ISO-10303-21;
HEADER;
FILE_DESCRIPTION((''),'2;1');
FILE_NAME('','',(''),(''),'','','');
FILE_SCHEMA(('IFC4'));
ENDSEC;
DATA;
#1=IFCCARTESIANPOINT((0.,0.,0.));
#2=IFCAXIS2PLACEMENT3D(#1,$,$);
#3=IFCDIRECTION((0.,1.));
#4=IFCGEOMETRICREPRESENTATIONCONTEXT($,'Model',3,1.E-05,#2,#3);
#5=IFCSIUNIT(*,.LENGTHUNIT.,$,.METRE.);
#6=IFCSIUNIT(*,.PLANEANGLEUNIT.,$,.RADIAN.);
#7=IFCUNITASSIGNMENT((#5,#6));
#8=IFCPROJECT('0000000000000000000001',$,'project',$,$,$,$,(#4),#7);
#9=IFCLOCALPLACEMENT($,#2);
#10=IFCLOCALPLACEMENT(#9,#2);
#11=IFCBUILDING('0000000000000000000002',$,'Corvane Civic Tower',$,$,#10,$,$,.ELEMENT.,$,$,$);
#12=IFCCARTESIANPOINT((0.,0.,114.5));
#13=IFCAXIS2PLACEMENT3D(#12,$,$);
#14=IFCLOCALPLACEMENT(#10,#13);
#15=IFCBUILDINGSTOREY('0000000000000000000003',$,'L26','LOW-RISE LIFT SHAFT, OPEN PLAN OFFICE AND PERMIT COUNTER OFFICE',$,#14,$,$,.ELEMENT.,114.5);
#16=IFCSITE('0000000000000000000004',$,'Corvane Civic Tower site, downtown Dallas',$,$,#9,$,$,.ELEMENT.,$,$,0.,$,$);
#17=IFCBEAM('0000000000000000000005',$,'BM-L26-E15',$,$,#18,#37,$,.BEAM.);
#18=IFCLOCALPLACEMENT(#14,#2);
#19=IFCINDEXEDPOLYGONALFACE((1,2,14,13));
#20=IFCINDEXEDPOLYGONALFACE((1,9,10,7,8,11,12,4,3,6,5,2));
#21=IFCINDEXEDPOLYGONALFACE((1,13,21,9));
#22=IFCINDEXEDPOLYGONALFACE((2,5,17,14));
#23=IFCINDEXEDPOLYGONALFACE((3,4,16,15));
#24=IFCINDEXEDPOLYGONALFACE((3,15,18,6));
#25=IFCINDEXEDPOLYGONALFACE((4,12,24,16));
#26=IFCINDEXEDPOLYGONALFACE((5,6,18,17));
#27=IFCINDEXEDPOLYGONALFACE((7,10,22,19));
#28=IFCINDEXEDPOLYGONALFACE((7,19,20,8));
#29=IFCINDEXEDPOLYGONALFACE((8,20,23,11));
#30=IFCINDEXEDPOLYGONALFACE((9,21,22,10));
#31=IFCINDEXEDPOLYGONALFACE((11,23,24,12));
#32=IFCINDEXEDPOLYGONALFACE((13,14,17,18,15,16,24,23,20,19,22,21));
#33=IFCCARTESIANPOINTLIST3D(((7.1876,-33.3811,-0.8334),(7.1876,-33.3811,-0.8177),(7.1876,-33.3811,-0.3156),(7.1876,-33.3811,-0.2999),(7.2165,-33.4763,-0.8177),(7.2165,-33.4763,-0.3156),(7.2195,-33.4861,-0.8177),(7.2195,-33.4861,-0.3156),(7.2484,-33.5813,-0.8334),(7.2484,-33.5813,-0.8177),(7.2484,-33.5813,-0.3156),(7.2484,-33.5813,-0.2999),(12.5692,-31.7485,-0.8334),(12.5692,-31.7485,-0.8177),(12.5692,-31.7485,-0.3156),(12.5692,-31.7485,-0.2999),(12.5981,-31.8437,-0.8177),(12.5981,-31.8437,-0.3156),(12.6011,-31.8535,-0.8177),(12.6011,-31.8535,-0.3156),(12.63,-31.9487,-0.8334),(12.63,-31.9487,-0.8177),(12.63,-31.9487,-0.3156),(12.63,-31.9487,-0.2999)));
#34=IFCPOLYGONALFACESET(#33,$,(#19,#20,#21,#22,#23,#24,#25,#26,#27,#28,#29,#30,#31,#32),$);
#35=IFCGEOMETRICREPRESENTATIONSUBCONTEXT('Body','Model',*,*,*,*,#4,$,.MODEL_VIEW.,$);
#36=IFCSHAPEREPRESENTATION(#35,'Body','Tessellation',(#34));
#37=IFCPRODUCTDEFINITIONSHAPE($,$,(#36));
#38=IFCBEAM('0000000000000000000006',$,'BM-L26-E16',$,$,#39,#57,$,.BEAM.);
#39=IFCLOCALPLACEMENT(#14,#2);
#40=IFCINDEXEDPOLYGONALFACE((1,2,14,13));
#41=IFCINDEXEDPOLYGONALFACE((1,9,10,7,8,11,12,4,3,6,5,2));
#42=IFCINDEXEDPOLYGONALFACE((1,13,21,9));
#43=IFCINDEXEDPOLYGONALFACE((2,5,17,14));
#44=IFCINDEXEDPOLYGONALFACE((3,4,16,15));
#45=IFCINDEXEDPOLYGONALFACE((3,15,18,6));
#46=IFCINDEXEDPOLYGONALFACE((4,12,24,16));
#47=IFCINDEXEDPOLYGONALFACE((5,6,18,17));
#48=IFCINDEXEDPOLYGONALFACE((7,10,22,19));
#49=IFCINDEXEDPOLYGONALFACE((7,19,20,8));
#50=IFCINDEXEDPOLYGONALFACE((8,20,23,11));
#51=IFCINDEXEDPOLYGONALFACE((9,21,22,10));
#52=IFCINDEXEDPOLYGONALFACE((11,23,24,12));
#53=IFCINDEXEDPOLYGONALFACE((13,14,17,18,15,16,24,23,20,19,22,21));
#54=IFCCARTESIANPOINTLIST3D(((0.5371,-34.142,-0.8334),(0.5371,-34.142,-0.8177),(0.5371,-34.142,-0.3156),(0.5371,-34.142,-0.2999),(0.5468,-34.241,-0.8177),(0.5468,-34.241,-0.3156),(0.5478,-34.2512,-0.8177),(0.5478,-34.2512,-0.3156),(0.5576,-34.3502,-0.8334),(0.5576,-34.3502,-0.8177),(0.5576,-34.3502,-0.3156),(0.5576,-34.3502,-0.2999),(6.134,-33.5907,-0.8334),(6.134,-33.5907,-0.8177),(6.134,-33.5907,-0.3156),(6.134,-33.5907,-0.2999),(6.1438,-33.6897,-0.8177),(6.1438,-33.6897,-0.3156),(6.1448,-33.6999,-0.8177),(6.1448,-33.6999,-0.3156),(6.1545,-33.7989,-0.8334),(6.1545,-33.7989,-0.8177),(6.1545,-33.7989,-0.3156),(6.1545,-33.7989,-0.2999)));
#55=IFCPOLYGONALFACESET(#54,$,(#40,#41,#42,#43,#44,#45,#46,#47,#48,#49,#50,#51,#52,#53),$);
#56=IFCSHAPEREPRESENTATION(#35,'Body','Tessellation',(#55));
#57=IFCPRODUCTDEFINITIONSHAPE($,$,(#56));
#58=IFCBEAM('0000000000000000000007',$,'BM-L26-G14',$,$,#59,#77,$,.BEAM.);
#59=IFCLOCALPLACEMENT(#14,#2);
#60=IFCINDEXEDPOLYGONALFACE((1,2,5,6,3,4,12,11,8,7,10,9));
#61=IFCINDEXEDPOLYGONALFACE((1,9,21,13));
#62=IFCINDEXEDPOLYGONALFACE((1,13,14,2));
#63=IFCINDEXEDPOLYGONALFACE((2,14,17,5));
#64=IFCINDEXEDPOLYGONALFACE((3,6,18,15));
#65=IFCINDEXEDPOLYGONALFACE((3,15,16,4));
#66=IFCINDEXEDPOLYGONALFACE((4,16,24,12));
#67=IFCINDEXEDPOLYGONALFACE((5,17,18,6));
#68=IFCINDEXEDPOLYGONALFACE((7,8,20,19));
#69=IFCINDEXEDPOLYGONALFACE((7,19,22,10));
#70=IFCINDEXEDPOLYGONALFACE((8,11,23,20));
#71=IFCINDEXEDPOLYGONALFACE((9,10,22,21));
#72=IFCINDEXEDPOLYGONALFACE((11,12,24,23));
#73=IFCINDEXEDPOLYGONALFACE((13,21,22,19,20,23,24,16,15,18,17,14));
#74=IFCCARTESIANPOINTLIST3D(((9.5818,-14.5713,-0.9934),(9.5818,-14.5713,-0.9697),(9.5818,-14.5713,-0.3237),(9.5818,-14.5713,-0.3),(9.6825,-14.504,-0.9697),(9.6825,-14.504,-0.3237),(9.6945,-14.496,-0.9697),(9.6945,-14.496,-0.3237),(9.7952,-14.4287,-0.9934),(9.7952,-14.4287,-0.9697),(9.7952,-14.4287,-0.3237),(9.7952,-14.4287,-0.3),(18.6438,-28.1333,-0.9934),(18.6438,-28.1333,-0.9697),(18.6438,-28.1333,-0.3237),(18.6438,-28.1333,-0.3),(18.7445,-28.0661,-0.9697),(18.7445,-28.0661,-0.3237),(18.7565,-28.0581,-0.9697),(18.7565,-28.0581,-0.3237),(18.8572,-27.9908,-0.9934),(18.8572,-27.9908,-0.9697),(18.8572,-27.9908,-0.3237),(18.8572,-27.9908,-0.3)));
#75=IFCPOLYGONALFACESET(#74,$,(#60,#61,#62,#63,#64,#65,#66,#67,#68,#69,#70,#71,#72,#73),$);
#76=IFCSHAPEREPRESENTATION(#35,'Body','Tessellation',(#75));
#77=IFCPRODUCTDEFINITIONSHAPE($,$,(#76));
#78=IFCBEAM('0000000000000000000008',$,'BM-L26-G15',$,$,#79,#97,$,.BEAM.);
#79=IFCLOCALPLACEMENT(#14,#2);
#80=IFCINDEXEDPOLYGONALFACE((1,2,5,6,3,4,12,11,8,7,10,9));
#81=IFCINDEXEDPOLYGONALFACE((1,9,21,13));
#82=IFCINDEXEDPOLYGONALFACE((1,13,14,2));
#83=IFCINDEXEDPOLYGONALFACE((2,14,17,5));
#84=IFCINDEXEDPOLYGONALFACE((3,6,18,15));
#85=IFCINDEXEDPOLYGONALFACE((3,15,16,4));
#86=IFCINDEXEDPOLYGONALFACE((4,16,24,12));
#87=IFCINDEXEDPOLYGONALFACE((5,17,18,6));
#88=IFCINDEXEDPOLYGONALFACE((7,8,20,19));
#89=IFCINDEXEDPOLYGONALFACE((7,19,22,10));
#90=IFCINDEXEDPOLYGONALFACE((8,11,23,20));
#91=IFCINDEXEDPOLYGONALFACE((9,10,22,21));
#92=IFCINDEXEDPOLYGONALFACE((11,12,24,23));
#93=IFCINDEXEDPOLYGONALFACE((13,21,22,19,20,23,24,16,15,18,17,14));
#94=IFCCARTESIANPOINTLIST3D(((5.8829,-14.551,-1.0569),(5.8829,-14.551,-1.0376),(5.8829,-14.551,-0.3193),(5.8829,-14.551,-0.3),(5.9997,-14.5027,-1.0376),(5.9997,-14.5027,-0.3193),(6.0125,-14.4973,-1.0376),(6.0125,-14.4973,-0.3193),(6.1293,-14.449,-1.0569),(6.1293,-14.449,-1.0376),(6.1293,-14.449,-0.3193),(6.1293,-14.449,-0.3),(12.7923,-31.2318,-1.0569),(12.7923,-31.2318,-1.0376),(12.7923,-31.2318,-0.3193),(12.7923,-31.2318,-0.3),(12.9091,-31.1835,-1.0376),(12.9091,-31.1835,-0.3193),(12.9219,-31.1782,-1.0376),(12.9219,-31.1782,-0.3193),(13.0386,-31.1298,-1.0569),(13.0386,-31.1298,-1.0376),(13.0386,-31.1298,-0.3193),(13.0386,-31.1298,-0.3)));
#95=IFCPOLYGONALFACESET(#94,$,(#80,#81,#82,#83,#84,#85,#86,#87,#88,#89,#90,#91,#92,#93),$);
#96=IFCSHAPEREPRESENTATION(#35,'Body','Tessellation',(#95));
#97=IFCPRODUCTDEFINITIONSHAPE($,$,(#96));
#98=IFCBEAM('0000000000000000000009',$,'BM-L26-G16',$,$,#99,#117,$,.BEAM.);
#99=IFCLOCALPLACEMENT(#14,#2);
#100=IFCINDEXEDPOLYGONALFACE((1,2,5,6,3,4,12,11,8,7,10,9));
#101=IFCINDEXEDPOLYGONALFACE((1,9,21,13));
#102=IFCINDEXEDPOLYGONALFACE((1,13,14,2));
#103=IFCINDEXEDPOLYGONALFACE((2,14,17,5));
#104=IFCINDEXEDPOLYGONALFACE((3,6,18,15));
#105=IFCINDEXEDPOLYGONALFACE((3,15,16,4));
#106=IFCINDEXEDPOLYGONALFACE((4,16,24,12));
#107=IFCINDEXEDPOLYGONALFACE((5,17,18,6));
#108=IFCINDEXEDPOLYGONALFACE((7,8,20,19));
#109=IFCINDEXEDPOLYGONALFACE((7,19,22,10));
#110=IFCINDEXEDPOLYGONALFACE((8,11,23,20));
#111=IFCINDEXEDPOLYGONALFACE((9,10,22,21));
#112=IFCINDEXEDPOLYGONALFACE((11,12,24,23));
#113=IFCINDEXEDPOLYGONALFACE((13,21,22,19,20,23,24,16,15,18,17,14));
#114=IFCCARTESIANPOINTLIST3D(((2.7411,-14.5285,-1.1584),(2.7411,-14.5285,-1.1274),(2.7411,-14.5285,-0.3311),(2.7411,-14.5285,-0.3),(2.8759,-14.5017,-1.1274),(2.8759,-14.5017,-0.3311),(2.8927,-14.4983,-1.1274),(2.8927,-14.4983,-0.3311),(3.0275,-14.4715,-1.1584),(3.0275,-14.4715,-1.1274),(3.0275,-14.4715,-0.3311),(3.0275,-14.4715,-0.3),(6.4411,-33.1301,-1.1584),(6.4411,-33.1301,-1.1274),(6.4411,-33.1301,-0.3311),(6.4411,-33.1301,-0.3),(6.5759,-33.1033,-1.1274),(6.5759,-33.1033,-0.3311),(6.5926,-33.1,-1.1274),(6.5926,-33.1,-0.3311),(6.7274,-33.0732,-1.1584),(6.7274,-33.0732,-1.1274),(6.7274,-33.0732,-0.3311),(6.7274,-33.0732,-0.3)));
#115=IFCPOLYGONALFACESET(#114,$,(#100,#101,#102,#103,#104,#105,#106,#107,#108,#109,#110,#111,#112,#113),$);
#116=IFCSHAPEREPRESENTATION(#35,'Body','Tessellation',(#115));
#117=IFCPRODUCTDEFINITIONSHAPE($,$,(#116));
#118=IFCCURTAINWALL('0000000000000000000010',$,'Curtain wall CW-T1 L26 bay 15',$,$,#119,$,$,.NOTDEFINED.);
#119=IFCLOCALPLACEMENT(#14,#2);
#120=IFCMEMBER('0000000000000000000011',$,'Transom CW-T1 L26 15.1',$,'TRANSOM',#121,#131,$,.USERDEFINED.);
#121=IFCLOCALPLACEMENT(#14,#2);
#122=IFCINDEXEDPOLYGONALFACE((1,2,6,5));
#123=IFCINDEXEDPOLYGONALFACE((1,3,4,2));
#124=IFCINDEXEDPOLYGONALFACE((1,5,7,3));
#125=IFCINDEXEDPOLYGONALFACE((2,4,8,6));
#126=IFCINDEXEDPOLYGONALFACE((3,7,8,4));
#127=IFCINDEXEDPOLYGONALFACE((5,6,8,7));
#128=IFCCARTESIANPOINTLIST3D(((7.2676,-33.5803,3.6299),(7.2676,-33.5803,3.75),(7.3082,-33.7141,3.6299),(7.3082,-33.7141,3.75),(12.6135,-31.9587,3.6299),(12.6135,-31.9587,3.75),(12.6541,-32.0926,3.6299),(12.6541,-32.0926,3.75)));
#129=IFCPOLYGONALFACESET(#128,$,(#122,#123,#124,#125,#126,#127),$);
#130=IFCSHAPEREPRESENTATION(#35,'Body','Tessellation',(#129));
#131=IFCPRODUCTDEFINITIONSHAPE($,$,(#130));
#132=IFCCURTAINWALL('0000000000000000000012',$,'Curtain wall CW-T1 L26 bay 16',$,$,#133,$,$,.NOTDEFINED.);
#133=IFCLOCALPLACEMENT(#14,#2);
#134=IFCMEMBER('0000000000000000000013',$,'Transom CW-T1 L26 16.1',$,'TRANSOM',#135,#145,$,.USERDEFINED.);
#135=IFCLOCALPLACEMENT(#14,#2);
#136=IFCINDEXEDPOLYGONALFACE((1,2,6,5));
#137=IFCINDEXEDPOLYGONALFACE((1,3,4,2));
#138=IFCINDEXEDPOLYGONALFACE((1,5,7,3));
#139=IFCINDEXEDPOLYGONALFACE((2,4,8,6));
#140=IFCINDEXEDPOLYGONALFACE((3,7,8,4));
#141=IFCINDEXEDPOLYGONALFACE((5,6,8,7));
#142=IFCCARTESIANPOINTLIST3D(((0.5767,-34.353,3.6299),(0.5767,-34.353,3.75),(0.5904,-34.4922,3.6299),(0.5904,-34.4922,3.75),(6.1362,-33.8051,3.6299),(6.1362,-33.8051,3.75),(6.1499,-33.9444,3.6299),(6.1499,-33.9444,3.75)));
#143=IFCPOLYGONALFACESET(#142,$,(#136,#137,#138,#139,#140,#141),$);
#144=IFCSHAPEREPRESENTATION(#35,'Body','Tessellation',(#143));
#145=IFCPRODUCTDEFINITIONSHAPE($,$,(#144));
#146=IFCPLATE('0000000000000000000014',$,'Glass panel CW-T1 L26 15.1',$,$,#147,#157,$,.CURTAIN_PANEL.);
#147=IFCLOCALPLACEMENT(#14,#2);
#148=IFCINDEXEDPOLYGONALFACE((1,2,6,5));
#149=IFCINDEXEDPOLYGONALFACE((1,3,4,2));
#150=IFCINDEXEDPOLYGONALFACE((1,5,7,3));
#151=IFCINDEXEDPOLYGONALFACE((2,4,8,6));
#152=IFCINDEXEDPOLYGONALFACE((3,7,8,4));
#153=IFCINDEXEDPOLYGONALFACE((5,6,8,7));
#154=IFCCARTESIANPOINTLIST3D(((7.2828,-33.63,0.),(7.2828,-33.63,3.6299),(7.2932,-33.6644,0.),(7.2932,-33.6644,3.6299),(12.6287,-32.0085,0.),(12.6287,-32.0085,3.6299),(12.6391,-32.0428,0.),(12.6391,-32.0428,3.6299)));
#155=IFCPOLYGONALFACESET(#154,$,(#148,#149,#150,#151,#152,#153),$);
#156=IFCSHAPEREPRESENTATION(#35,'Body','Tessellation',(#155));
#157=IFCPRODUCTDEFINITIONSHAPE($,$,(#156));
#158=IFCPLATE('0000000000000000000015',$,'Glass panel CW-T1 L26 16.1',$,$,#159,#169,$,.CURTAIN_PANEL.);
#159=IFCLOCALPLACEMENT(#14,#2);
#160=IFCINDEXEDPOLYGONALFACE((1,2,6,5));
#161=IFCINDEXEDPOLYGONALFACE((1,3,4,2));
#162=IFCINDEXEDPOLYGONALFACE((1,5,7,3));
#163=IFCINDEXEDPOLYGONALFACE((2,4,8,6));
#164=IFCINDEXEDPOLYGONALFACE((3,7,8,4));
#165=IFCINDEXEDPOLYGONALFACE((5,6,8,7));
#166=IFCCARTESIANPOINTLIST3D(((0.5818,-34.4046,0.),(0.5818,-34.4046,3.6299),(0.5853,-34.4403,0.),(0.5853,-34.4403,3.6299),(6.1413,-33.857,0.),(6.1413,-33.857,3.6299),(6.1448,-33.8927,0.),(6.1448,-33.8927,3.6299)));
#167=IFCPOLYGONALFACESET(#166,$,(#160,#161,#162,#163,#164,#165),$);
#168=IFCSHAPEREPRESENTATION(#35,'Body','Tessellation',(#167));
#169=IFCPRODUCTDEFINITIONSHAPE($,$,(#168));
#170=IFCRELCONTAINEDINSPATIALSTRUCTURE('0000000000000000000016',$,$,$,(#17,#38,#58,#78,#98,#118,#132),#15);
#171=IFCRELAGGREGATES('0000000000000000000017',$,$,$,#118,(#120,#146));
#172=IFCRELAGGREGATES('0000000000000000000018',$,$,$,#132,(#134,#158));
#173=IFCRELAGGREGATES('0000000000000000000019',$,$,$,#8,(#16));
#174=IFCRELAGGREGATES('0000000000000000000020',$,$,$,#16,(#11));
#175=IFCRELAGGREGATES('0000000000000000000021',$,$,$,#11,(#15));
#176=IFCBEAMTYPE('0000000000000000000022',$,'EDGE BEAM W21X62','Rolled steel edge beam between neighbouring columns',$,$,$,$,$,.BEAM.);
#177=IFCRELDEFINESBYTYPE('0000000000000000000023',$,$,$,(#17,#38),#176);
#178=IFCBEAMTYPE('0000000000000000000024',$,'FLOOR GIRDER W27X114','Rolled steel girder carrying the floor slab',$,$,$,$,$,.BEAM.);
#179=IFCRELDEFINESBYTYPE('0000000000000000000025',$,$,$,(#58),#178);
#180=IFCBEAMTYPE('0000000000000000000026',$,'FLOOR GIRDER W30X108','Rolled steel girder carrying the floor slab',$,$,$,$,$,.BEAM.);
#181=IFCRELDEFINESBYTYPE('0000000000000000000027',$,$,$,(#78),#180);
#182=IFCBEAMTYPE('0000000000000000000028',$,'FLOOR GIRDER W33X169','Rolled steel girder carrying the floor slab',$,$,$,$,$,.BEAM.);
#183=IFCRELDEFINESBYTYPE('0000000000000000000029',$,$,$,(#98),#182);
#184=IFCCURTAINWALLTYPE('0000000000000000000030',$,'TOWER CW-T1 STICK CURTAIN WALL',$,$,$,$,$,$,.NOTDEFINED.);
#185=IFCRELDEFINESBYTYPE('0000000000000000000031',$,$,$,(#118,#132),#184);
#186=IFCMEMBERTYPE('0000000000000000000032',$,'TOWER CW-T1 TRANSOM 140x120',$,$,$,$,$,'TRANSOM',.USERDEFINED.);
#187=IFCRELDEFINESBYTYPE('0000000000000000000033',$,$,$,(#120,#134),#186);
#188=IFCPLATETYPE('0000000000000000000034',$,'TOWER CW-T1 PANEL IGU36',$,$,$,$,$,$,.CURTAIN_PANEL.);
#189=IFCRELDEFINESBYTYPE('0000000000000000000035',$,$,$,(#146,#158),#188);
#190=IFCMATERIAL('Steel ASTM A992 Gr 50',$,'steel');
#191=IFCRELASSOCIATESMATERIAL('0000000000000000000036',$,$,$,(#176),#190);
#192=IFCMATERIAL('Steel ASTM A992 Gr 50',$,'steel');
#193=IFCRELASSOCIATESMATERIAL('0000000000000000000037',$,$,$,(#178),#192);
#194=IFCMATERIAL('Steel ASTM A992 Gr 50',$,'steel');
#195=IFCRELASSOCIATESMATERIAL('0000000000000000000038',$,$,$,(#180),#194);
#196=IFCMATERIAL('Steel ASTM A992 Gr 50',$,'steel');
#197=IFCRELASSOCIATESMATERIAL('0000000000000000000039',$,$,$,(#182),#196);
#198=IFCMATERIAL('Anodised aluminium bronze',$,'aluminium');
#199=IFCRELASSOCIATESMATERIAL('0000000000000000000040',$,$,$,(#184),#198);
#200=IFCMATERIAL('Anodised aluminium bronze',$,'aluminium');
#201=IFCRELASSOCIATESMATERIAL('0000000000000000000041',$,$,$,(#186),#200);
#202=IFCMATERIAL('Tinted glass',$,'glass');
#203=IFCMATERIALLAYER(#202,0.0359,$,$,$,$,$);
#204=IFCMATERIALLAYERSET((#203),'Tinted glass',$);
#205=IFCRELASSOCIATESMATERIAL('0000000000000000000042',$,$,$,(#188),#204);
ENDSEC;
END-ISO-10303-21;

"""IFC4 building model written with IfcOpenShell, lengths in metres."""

from ifc_helpers import new_model, si_unit, direction, frame, origin, origin_2d, place, context, subcontext, project, spatial, rectangle, i_section, extrude, material, layer, layer_set, material_profile, profile_set, type_object, element, aggregate, save


model = new_model("IFC4")

# Units and contexts
model_context = context("Model", 3, precision=1e-05, world=origin(), true_north=direction((0.0, 1.0)))
body_context = subcontext(model_context, "Body", "Model", "MODEL_VIEW")
ifc_project = project(units=[si_unit("LENGTHUNIT", "METRE"), si_unit("PLANEANGLEUNIT", "RADIAN")], contexts=[model_context])

# Site, building, storey
site_placement = place(None, origin())
site = spatial("IfcSite", under=ifc_project, at=site_placement, Name="Corvane Civic Tower site, downtown Dallas", CompositionType="ELEMENT", RefElevation=0.0)
building_placement = place(site_placement, origin())
building = spatial("IfcBuilding", under=site, at=building_placement, Name="Corvane Civic Tower", CompositionType="ELEMENT")
storey_placement = place(building_placement, frame((0.0, 0.0, 114.5)))
storey = spatial("IfcBuildingStorey", under=building, at=storey_placement, Name="L26", Description="LOW-RISE LIFT SHAFT, OPEN PLAN OFFICE AND PERMIT COUNTER OFFICE", CompositionType="ELEMENT", Elevation=114.5)

# Beams
ifc_material_1 = material(Name="Steel ASTM A992 Gr 50", Category="steel")
ifc_material_profile_1 = material_profile(ifc_material_1, i_section(OverallWidth=0.2092, OverallDepth=0.5334, WebThickness=0.0103, FlangeThickness=0.0156, at=origin_2d()), Name="W21X62")
ifc_profile_set_1 = profile_set([ifc_material_profile_1], Name="Steel ASTM A992 Gr 50")
beam_type_1 = type_object("IfcBeamType", Name="EDGE BEAM W21X62", Description="Rolled steel edge beam between neighbouring columns", PredefinedType="BEAM", material=ifc_profile_set_1)
beam_1_placement = place(storey_placement, frame((12.5996, -31.8486, -0.5667), z_axis=(-0.956936, -0.290298, 0.0), x_axis=(0.290298, -0.956936, 0.0)))
element("IfcBeam", 1, at=beam_1_placement, inside=storey, type_object=beam_type_1, Name="BM-L26-E15", PredefinedType="BEAM", context=body_context, shape_type="SweptSolid", body=[
    extrude(i_section(OverallWidth=0.2092, OverallDepth=0.5334, WebThickness=0.0103, FlangeThickness=0.0156, at=origin_2d()), origin(), (0.0, 0.0, 1.0), 5.6238),
])
beam_2_placement = place(storey_placement, frame((6.1443, -33.6948, -0.5667), z_axis=(-0.995184, -0.098021, 0.0), x_axis=(0.098021, -0.995184, 0.0)))
element("IfcBeam", 2, at=beam_2_placement, inside=storey, type_object=beam_type_1, Name="BM-L26-E16", PredefinedType="BEAM", context=body_context, shape_type="SweptSolid", body=[
    extrude(i_section(OverallWidth=0.2092, OverallDepth=0.5334, WebThickness=0.0103, FlangeThickness=0.0156, at=origin_2d()), origin(), (0.0, 0.0, 1.0), 5.624),
])
ifc_material_2 = material(Name="Steel ASTM A992 Gr 50", Category="steel")
ifc_material_profile_2 = material_profile(ifc_material_2, i_section(OverallWidth=0.2566, OverallDepth=0.6934, WebThickness=0.0144, FlangeThickness=0.0237, at=origin_2d()), Name="W27X114")
ifc_profile_set_2 = profile_set([ifc_material_profile_2], Name="Steel ASTM A992 Gr 50")
beam_type_2 = type_object("IfcBeamType", Name="FLOOR GIRDER W27X114", Description="Rolled steel girder carrying the floor slab", PredefinedType="BEAM", material=ifc_profile_set_2)
beam_3_placement = place(storey_placement, frame((9.6885, -14.5, -0.6467), z_axis=(0.555577, -0.831465, 0.0), x_axis=(0.831465, 0.555577, 0.0)))
element("IfcBeam", 3, at=beam_3_placement, inside=storey, type_object=beam_type_2, Name="BM-L26-G14", PredefinedType="BEAM", context=body_context, shape_type="SweptSolid", body=[
    extrude(i_section(OverallWidth=0.2566, OverallDepth=0.6934, WebThickness=0.0144, FlangeThickness=0.0237, at=origin_2d()), origin(), (0.0, 0.0, 1.0), 16.311),
])
ifc_material_3 = material(Name="Steel ASTM A992 Gr 50", Category="steel")
ifc_material_profile_3 = material_profile(ifc_material_3, i_section(OverallWidth=0.2666, OverallDepth=0.7568, WebThickness=0.0139, FlangeThickness=0.0193, at=origin_2d()), Name="W30X108")
ifc_profile_set_3 = profile_set([ifc_material_profile_3], Name="Steel ASTM A992 Gr 50")
beam_type_3 = type_object("IfcBeamType", Name="FLOOR GIRDER W30X108", Description="Rolled steel girder carrying the floor slab", PredefinedType="BEAM", material=ifc_profile_set_3)
beam_4_placement = place(storey_placement, frame((6.0061, -14.5, -0.6785), z_axis=(0.382682, -0.92388, 0.0), x_axis=(0.92388, 0.382682, 0.0)))
element("IfcBeam", 4, at=beam_4_placement, inside=storey, type_object=beam_type_3, Name="BM-L26-G15", PredefinedType="BEAM", context=body_context, shape_type="SweptSolid", body=[
    extrude(i_section(OverallWidth=0.2666, OverallDepth=0.7568, WebThickness=0.0139, FlangeThickness=0.0193, at=origin_2d()), origin(), (0.0, 0.0, 1.0), 18.0552),
])
ifc_material_4 = material(Name="Steel ASTM A992 Gr 50", Category="steel")
ifc_material_profile_4 = material_profile(ifc_material_4, i_section(OverallWidth=0.292, OverallDepth=0.8584, WebThickness=0.0171, FlangeThickness=0.031, at=origin_2d()), Name="W33X169")
ifc_profile_set_4 = profile_set([ifc_material_profile_4], Name="Steel ASTM A992 Gr 50")
beam_type_4 = type_object("IfcBeamType", Name="FLOOR GIRDER W33X169", Description="Rolled steel girder carrying the floor slab", PredefinedType="BEAM", material=ifc_profile_set_4)
beam_5_placement = place(storey_placement, frame((2.8843, -14.5, -0.7292), z_axis=(0.195084, -0.980787, 0.0), x_axis=(0.980787, 0.195084, 0.0)))
element("IfcBeam", 5, at=beam_5_placement, inside=storey, type_object=beam_type_4, Name="BM-L26-G16", PredefinedType="BEAM", context=body_context, shape_type="SweptSolid", body=[
    extrude(i_section(OverallWidth=0.292, OverallDepth=0.8584, WebThickness=0.0171, FlangeThickness=0.031, at=origin_2d()), origin(), (0.0, 0.0, 1.0), 18.9661),
])

# Curtain walls, members
ifc_material_5 = material(Name="Anodised aluminium bronze", Category="aluminium")
curtain_wall_type = type_object("IfcCurtainWallType", Name="TOWER CW-T1 STICK CURTAIN WALL", PredefinedType="NOTDEFINED", material=ifc_material_5)
curtain_wall_1_placement = place(storey_placement, origin())
curtain_wall_1 = element("IfcCurtainWall", 6, at=curtain_wall_1_placement, inside=storey, type_object=curtain_wall_type, Name="Curtain wall CW-T1 L26 bay 15", PredefinedType="NOTDEFINED")
ifc_material_6 = material(Name="Anodised aluminium bronze", Category="aluminium")
ifc_material_profile_5 = material_profile(ifc_material_6, rectangle(XDim=0.1399, YDim=0.1201, at=origin_2d()), Name="TOWER CW-T1 TRANSOM 140x120")
ifc_profile_set_5 = profile_set([ifc_material_profile_5], Name="Anodised aluminium bronze")
member_type = type_object("IfcMemberType", Name="TOWER CW-T1 TRANSOM 140x120", ElementType="TRANSOM", PredefinedType="USERDEFINED", material=ifc_profile_set_5)
member_1_placement = place(storey_placement, frame((12.6338, -32.0256, 3.6899), z_axis=(-0.956945, -0.290269, 0.0), x_axis=(0.290269, -0.956945, 0.0)))
member_1 = element("IfcMember", 7, at=member_1_placement, type_object=member_type, Name="Transom CW-T1 L26 15.1", ObjectType="TRANSOM", PredefinedType="USERDEFINED", context=body_context, shape_type="SweptSolid", body=[
    extrude(rectangle(XDim=0.1399, YDim=0.1201, at=origin_2d()), origin(), (0.0, 0.0, 1.0), 5.5864),
])
curtain_wall_2_placement = place(storey_placement, origin())
curtain_wall_2 = element("IfcCurtainWall", 8, at=curtain_wall_2_placement, inside=storey, type_object=curtain_wall_type, Name="Curtain wall CW-T1 L26 bay 16", PredefinedType="NOTDEFINED")
member_2_placement = place(storey_placement, frame((6.1431, -33.8748, 3.6899), z_axis=(-0.99518, -0.098067, 0.0), x_axis=(0.098067, -0.99518, 0.0)))
member_2 = element("IfcMember", 9, at=member_2_placement, type_object=member_type, Name="Transom CW-T1 L26 16.1", ObjectType="TRANSOM", PredefinedType="USERDEFINED", context=body_context, shape_type="SweptSolid", body=[
    extrude(rectangle(XDim=0.1399, YDim=0.1201, at=origin_2d()), origin(), (0.0, 0.0, 1.0), 5.5864),
])

# Plates
ifc_material_7 = material(Name="Tinted glass", Category="glass")
ifc_layer_1 = layer(ifc_material_7, 0.0359)
ifc_layer_set_1 = layer_set([ifc_layer_1], Name="Tinted glass")
plate_type = type_object("IfcPlateType", Name="TOWER CW-T1 PANEL IGU36", PredefinedType="CURTAIN_PANEL", material=ifc_layer_set_1)
plate_1_placement = place(storey_placement, frame((9.9609, -32.8364, 0.0), z_axis=(0.0, 0.0, 1.0), x_axis=(-0.956946, -0.290266, 0.0)))
plate_1 = element("IfcPlate", 10, at=plate_1_placement, type_object=plate_type, Name="Glass panel CW-T1 L26 15.1", PredefinedType="CURTAIN_PANEL", context=body_context, shape_type="SweptSolid", body=[
    extrude(rectangle(XDim=5.5864, YDim=0.0359, at=origin_2d()), origin(), (0.0, 0.0, 1.0), 3.6299),
])
aggregate(curtain_wall_1, [member_1, plate_1])
plate_2_placement = place(storey_placement, frame((3.3633, -34.1487, 0.0), z_axis=(0.0, 0.0, 1.0), x_axis=(-0.995184, -0.098027, 0.0)))
plate_2 = element("IfcPlate", 11, at=plate_2_placement, type_object=plate_type, Name="Glass panel CW-T1 L26 16.1", PredefinedType="CURTAIN_PANEL", context=body_context, shape_type="SweptSolid", body=[
    extrude(rectangle(XDim=5.5864, YDim=0.0359, at=origin_2d()), origin(), (0.0, 0.0, 1.0), 3.6299),
])
aggregate(curtain_wall_2, [member_2, plate_2])

save(model, "model.ifc")
